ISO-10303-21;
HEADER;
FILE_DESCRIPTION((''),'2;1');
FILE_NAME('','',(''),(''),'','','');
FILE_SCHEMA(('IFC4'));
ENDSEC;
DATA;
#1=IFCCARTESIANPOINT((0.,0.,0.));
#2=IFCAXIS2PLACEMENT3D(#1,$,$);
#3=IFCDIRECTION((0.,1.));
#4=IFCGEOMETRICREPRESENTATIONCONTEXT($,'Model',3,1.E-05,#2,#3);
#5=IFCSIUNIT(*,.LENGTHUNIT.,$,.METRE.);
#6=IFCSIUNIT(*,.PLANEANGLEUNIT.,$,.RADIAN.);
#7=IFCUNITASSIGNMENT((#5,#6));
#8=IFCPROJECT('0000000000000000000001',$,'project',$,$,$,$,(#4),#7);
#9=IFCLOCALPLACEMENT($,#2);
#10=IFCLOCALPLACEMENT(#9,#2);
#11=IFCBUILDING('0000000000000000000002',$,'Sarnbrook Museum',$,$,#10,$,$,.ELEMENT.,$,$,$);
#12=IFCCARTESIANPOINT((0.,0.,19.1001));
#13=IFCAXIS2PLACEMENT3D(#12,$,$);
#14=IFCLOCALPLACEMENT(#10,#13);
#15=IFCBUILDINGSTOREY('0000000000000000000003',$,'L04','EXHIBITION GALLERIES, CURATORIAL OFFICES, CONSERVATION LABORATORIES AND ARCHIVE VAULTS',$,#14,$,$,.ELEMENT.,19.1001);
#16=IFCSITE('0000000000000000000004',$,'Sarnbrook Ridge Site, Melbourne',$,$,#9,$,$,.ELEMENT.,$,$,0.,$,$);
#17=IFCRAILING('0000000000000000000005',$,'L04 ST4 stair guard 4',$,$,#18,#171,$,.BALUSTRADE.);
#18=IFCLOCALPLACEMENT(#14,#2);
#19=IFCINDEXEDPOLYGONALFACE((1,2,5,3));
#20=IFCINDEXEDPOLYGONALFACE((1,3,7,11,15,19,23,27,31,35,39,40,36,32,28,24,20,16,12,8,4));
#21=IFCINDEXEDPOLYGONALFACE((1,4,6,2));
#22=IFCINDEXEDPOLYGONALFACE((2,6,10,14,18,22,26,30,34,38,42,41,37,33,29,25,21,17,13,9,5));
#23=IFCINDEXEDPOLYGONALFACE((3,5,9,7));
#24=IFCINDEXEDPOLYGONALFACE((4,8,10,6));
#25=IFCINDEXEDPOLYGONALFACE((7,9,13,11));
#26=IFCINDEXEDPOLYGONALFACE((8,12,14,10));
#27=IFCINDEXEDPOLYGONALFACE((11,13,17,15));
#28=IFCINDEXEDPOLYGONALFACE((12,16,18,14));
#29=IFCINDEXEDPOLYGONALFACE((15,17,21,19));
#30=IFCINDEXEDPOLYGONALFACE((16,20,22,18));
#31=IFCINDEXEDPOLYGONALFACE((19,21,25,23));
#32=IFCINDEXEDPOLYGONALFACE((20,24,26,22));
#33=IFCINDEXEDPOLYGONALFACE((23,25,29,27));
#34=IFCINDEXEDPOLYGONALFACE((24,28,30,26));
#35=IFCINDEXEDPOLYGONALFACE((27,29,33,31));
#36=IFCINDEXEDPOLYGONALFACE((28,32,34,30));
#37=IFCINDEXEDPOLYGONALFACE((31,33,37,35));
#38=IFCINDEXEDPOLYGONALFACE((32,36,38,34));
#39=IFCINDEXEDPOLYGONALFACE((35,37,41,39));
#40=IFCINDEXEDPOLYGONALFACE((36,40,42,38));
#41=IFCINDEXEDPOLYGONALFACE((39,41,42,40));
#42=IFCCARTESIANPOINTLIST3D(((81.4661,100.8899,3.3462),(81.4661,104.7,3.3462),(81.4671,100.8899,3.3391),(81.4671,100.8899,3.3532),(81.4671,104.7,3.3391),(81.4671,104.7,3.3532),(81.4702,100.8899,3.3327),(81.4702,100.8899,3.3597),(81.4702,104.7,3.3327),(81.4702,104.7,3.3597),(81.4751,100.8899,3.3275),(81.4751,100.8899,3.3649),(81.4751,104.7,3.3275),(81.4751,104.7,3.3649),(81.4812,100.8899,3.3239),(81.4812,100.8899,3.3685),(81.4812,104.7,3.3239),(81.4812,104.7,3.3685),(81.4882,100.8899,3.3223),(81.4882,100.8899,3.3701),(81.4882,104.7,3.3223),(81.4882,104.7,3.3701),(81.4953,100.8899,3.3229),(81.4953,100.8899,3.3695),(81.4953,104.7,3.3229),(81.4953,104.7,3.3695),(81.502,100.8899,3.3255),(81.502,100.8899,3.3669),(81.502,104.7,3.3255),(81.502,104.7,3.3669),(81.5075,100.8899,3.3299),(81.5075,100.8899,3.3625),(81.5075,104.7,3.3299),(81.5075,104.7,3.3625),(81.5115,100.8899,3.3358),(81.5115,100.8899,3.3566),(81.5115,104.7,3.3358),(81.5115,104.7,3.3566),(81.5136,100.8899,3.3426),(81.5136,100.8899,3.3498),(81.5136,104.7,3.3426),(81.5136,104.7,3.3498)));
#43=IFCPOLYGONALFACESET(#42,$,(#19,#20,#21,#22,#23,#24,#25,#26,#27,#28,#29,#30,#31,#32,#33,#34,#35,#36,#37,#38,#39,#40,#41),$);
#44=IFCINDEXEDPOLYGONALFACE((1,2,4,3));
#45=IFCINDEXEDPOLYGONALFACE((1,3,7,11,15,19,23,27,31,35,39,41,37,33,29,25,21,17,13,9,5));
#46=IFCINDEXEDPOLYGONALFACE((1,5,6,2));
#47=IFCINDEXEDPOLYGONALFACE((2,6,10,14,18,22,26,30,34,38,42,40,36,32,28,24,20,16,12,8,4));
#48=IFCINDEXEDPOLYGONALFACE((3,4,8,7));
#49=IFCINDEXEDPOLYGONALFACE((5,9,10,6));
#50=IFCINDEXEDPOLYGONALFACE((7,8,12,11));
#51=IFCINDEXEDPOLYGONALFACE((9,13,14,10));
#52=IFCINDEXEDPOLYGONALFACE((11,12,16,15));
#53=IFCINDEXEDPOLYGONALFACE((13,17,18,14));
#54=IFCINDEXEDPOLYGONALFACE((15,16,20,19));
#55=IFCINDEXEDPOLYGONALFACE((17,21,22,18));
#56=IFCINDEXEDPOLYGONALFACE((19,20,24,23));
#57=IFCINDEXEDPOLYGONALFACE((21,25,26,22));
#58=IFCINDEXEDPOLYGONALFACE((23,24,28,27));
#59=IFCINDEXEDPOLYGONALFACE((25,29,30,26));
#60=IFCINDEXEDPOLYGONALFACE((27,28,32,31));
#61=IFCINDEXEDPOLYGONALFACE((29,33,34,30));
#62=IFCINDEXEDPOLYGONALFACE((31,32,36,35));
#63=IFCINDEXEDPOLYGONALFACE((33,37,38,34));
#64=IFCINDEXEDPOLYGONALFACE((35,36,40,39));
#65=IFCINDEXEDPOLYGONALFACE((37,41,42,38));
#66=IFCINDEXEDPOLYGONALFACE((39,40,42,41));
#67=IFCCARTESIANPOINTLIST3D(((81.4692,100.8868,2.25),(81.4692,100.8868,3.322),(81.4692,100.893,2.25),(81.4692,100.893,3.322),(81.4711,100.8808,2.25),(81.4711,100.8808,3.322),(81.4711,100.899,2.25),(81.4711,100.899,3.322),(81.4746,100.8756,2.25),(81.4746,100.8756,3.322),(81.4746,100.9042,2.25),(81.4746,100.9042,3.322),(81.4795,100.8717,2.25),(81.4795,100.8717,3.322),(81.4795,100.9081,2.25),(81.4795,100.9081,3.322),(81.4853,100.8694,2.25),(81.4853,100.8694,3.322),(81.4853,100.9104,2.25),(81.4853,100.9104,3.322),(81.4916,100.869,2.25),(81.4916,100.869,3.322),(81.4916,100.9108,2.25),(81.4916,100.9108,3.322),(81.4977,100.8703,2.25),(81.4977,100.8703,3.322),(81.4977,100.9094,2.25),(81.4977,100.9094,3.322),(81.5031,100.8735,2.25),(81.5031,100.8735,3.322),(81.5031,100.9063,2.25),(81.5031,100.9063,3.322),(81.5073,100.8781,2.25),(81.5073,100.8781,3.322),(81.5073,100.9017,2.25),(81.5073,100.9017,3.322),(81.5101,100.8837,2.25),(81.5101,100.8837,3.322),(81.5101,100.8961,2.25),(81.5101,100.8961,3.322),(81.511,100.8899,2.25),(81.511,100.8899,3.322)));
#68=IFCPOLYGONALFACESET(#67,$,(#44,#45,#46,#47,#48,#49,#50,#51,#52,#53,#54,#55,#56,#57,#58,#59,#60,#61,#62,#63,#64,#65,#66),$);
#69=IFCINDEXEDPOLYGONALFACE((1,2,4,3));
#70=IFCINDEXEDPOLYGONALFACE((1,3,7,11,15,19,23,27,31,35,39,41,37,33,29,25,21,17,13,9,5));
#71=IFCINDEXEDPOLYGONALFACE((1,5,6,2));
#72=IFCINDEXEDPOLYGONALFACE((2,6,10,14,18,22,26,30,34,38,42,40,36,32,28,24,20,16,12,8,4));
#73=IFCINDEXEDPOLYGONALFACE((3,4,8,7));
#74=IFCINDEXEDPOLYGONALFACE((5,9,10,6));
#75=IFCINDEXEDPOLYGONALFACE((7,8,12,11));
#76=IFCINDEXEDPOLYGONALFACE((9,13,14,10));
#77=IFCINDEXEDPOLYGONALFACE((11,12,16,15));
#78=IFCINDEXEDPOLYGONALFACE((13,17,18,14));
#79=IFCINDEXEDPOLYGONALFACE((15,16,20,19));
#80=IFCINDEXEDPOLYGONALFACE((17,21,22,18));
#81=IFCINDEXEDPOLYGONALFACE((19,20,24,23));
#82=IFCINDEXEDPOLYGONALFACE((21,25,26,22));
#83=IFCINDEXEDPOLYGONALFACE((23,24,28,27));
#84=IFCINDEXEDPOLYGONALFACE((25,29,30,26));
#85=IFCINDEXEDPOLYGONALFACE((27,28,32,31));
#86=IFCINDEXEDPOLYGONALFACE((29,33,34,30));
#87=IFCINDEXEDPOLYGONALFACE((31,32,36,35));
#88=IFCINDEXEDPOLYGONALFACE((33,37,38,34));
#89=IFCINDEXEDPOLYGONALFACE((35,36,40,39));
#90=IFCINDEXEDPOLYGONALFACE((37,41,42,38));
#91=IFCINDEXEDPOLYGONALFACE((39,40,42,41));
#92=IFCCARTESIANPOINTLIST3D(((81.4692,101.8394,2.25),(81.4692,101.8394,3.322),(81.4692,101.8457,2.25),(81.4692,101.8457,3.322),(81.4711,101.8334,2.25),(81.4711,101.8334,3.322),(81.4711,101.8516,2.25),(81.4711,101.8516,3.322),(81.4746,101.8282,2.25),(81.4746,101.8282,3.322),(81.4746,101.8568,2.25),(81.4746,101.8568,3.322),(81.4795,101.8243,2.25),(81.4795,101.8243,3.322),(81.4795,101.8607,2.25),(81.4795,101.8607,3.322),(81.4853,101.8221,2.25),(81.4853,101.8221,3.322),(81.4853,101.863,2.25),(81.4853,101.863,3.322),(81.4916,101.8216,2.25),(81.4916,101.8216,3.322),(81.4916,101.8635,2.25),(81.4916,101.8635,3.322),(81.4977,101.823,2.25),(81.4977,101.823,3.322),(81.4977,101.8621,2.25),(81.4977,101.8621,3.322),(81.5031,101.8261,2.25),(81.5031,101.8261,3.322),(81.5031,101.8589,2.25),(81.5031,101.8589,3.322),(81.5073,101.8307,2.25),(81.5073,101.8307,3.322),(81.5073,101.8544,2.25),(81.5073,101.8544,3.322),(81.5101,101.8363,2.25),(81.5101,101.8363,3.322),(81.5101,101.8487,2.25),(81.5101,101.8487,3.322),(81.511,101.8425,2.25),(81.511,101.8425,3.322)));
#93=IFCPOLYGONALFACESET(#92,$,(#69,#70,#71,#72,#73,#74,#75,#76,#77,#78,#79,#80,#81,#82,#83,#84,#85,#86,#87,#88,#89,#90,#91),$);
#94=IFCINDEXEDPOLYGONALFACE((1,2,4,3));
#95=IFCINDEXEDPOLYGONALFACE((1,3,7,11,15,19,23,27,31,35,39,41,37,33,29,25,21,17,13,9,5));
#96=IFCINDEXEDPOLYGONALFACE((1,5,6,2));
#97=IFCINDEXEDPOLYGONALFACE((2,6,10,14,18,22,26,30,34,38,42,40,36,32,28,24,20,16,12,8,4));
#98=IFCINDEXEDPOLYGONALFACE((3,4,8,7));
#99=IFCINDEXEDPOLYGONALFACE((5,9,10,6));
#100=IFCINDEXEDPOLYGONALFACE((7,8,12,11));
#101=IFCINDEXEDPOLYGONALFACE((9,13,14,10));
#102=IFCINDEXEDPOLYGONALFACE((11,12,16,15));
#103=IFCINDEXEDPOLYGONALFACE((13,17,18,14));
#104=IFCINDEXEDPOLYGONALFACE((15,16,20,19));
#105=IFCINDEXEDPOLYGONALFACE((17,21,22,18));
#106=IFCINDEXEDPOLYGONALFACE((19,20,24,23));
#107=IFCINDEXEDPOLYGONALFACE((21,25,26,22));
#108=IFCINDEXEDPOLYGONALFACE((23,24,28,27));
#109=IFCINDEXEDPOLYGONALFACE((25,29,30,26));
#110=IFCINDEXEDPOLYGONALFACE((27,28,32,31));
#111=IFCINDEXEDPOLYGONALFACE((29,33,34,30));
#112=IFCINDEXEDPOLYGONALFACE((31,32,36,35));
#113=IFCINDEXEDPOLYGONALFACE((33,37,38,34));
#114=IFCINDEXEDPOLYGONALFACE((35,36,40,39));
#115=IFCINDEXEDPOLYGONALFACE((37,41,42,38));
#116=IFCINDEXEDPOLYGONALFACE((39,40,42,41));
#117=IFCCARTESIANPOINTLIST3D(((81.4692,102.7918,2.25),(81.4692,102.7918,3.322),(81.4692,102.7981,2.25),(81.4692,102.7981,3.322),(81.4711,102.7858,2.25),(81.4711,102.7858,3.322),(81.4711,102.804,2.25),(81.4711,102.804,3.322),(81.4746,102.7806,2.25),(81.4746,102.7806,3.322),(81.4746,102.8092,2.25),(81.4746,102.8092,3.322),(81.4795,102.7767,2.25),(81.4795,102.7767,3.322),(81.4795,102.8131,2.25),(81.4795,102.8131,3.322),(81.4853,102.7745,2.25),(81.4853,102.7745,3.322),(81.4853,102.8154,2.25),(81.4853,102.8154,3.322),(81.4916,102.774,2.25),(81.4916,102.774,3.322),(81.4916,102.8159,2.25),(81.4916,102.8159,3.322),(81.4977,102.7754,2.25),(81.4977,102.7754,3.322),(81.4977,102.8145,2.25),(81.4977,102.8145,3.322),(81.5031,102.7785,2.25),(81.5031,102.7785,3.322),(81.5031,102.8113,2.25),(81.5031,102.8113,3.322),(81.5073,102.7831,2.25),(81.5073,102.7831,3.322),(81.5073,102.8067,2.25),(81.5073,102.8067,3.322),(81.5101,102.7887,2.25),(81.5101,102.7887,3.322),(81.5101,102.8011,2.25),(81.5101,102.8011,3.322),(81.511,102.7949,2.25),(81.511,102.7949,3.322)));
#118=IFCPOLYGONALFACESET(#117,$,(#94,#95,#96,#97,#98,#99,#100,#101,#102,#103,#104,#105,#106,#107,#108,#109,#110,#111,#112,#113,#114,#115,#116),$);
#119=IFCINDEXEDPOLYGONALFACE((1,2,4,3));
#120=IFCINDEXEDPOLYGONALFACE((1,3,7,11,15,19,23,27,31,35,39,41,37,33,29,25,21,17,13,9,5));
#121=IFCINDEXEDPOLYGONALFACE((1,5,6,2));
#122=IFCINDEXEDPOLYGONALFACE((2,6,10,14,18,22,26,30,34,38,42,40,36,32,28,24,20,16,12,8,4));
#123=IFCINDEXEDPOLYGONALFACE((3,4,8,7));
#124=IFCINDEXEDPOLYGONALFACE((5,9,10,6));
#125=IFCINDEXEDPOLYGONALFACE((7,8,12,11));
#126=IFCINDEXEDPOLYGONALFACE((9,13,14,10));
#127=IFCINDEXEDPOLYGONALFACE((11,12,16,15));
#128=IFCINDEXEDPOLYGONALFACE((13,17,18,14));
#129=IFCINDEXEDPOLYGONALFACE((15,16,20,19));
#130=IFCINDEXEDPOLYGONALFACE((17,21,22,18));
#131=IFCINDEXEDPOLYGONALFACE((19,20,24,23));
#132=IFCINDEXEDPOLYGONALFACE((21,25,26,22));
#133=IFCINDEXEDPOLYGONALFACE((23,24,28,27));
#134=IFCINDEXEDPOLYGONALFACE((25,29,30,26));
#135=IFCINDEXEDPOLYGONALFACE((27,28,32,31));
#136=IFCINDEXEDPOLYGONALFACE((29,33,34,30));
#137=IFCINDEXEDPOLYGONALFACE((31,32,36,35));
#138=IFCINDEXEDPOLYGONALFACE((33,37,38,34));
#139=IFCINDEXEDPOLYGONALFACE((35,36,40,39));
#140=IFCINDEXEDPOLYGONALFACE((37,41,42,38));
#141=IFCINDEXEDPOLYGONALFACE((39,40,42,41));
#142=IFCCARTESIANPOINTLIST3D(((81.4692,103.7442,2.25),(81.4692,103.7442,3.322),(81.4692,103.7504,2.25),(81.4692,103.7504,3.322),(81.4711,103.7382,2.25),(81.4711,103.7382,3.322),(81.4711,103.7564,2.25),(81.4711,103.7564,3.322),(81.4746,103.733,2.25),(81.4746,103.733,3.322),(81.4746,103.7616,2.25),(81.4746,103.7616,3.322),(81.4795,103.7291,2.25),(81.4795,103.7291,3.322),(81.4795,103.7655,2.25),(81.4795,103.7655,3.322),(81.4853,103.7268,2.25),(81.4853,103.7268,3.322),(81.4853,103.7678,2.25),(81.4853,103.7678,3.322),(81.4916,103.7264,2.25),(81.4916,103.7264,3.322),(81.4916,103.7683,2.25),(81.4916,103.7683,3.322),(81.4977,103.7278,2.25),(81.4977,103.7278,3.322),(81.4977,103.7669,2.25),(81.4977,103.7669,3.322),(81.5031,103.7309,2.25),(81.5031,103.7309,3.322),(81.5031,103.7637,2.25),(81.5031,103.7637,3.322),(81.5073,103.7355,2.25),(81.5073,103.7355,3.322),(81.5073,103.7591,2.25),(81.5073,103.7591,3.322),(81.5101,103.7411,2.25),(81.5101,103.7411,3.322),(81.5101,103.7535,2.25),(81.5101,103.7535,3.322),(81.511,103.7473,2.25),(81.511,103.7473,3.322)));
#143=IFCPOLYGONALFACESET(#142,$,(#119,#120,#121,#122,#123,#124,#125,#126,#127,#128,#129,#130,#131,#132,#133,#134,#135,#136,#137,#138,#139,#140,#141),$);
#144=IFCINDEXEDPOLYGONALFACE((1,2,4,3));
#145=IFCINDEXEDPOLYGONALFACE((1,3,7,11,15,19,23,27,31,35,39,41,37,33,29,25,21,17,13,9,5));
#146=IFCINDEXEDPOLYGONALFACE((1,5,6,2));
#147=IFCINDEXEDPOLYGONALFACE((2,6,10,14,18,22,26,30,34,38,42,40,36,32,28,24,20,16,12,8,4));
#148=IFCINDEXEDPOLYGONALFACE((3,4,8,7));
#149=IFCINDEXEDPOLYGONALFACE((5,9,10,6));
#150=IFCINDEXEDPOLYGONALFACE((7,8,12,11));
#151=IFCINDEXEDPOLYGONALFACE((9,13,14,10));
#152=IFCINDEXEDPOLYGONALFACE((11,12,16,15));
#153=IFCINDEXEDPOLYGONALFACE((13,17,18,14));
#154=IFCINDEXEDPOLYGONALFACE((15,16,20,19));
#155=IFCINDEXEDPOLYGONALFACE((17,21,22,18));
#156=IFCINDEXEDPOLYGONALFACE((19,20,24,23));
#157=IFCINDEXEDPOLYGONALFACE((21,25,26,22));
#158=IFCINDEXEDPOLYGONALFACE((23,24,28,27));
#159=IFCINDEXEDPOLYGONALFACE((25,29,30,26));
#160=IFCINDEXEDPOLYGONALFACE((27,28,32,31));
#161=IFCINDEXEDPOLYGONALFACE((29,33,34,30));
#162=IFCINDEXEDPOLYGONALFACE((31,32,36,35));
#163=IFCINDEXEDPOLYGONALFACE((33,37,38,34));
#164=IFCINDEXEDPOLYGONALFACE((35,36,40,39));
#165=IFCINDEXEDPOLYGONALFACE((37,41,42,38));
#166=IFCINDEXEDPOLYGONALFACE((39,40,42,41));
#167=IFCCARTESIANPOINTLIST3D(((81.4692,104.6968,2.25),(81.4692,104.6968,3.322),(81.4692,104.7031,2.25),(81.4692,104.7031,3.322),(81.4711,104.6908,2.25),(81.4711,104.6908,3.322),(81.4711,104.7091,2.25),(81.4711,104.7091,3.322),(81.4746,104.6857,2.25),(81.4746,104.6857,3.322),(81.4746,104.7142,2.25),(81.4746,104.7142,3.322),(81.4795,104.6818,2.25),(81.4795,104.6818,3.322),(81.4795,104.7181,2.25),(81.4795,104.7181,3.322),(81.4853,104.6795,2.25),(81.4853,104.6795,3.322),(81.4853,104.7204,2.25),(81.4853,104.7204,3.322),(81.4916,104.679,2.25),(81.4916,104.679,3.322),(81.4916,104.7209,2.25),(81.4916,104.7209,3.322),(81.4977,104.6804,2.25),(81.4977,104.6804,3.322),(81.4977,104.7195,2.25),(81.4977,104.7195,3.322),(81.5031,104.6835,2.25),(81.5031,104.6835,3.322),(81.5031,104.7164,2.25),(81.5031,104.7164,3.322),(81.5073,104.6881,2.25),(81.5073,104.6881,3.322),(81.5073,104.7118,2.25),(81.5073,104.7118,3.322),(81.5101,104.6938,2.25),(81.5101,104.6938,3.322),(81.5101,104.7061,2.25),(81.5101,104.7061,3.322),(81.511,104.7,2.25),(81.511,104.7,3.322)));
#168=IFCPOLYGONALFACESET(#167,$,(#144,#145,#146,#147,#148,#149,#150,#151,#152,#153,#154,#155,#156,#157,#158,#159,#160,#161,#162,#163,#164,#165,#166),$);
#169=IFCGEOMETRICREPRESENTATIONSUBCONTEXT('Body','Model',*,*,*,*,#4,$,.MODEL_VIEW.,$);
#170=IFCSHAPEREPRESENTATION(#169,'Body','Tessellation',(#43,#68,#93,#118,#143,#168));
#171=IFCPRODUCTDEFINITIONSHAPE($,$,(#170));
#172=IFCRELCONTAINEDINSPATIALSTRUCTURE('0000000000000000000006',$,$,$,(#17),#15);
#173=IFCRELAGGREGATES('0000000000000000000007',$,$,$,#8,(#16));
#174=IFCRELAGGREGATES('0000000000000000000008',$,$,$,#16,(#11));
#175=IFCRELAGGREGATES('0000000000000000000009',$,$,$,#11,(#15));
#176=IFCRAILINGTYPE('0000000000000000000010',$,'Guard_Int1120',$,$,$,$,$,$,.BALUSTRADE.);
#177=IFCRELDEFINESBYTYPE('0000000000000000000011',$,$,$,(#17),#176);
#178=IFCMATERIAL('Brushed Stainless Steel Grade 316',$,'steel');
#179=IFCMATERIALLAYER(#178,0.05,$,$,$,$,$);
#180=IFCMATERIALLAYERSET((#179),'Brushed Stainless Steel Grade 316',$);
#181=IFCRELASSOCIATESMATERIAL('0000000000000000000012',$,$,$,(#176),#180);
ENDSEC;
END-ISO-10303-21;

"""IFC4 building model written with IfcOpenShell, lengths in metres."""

from ifc_helpers import new_model, si_unit, direction, frame, origin, origin_2d, place, context, subcontext, project, spatial, circle, extrude, material, layer, layer_set, type_object, element, save


model = new_model("IFC4")

# Units and contexts
model_context = context("Model", 3, precision=1e-05, world=origin(), true_north=direction((0.0, 1.0)))
body_context = subcontext(model_context, "Body", "Model", "MODEL_VIEW")
ifc_project = project(units=[si_unit("LENGTHUNIT", "METRE"), si_unit("PLANEANGLEUNIT", "RADIAN")], contexts=[model_context])

# Site, building, storey
site_placement = place(None, origin())
site = spatial("IfcSite", under=ifc_project, at=site_placement, Name="Sarnbrook Ridge Site, Melbourne", CompositionType="ELEMENT", RefElevation=0.0)
building_placement = place(site_placement, origin())
building = spatial("IfcBuilding", under=site, at=building_placement, Name="Sarnbrook Museum", CompositionType="ELEMENT")
storey_placement = place(building_placement, frame((0.0, 0.0, 19.1001)))
storey = spatial("IfcBuildingStorey", under=building, at=storey_placement, Name="L04", Description="EXHIBITION GALLERIES, CURATORIAL OFFICES, CONSERVATION LABORATORIES AND ARCHIVE VAULTS", CompositionType="ELEMENT", Elevation=19.1001)

# Shared definitions
ifc_material_1 = material(Name="Brushed Stainless Steel Grade 316", Category="steel")

# Railing
ifc_layer_1 = layer(ifc_material_1, 0.05)
ifc_layer_set_1 = layer_set([ifc_layer_1], Name="Brushed Stainless Steel Grade 316")
railing_type_1 = type_object("IfcRailingType", Name="Guard_Int1120", PredefinedType="BALUSTRADE", material=ifc_layer_set_1)
for number, where, name in (
    (1, (81.49, 100.8899, 2.25), "L04 ST4 stair guard 4"),
):
    element("IfcRailing", number, at=place(storey_placement, frame(where)), inside=storey, type_object=railing_type_1, Name=name, PredefinedType="BALUSTRADE", context=body_context, shape_type="SweptSolid", body=[
        extrude(circle(Radius=0.0239, at=origin_2d()), frame((0.0, 0.0, 1.0962), z_axis=(0.0, 1.0, 0.0), x_axis=(-1.0, 0.0, 0.0)), (0.0, 0.0, 1.0), 3.8101),
        extrude(circle(Radius=0.021, at=origin_2d()), origin(), (0.0, 0.0, 1.0), 1.072),
        extrude(circle(Radius=0.021, at=origin_2d()), frame((0.0, 0.9526, 0.0)), (0.0, 0.0, 1.0), 1.072),
        extrude(circle(Radius=0.021, at=origin_2d()), frame((0.0, 1.905, 0.0)), (0.0, 0.0, 1.0), 1.072),
        extrude(circle(Radius=0.021, at=origin_2d()), frame((0.0, 2.8574, 0.0)), (0.0, 0.0, 1.0), 1.072),
        extrude(circle(Radius=0.021, at=origin_2d()), frame((0.0, 3.8101, 0.0)), (0.0, 0.0, 1.0), 1.072),
    ])

save(model, "model.ifc")
